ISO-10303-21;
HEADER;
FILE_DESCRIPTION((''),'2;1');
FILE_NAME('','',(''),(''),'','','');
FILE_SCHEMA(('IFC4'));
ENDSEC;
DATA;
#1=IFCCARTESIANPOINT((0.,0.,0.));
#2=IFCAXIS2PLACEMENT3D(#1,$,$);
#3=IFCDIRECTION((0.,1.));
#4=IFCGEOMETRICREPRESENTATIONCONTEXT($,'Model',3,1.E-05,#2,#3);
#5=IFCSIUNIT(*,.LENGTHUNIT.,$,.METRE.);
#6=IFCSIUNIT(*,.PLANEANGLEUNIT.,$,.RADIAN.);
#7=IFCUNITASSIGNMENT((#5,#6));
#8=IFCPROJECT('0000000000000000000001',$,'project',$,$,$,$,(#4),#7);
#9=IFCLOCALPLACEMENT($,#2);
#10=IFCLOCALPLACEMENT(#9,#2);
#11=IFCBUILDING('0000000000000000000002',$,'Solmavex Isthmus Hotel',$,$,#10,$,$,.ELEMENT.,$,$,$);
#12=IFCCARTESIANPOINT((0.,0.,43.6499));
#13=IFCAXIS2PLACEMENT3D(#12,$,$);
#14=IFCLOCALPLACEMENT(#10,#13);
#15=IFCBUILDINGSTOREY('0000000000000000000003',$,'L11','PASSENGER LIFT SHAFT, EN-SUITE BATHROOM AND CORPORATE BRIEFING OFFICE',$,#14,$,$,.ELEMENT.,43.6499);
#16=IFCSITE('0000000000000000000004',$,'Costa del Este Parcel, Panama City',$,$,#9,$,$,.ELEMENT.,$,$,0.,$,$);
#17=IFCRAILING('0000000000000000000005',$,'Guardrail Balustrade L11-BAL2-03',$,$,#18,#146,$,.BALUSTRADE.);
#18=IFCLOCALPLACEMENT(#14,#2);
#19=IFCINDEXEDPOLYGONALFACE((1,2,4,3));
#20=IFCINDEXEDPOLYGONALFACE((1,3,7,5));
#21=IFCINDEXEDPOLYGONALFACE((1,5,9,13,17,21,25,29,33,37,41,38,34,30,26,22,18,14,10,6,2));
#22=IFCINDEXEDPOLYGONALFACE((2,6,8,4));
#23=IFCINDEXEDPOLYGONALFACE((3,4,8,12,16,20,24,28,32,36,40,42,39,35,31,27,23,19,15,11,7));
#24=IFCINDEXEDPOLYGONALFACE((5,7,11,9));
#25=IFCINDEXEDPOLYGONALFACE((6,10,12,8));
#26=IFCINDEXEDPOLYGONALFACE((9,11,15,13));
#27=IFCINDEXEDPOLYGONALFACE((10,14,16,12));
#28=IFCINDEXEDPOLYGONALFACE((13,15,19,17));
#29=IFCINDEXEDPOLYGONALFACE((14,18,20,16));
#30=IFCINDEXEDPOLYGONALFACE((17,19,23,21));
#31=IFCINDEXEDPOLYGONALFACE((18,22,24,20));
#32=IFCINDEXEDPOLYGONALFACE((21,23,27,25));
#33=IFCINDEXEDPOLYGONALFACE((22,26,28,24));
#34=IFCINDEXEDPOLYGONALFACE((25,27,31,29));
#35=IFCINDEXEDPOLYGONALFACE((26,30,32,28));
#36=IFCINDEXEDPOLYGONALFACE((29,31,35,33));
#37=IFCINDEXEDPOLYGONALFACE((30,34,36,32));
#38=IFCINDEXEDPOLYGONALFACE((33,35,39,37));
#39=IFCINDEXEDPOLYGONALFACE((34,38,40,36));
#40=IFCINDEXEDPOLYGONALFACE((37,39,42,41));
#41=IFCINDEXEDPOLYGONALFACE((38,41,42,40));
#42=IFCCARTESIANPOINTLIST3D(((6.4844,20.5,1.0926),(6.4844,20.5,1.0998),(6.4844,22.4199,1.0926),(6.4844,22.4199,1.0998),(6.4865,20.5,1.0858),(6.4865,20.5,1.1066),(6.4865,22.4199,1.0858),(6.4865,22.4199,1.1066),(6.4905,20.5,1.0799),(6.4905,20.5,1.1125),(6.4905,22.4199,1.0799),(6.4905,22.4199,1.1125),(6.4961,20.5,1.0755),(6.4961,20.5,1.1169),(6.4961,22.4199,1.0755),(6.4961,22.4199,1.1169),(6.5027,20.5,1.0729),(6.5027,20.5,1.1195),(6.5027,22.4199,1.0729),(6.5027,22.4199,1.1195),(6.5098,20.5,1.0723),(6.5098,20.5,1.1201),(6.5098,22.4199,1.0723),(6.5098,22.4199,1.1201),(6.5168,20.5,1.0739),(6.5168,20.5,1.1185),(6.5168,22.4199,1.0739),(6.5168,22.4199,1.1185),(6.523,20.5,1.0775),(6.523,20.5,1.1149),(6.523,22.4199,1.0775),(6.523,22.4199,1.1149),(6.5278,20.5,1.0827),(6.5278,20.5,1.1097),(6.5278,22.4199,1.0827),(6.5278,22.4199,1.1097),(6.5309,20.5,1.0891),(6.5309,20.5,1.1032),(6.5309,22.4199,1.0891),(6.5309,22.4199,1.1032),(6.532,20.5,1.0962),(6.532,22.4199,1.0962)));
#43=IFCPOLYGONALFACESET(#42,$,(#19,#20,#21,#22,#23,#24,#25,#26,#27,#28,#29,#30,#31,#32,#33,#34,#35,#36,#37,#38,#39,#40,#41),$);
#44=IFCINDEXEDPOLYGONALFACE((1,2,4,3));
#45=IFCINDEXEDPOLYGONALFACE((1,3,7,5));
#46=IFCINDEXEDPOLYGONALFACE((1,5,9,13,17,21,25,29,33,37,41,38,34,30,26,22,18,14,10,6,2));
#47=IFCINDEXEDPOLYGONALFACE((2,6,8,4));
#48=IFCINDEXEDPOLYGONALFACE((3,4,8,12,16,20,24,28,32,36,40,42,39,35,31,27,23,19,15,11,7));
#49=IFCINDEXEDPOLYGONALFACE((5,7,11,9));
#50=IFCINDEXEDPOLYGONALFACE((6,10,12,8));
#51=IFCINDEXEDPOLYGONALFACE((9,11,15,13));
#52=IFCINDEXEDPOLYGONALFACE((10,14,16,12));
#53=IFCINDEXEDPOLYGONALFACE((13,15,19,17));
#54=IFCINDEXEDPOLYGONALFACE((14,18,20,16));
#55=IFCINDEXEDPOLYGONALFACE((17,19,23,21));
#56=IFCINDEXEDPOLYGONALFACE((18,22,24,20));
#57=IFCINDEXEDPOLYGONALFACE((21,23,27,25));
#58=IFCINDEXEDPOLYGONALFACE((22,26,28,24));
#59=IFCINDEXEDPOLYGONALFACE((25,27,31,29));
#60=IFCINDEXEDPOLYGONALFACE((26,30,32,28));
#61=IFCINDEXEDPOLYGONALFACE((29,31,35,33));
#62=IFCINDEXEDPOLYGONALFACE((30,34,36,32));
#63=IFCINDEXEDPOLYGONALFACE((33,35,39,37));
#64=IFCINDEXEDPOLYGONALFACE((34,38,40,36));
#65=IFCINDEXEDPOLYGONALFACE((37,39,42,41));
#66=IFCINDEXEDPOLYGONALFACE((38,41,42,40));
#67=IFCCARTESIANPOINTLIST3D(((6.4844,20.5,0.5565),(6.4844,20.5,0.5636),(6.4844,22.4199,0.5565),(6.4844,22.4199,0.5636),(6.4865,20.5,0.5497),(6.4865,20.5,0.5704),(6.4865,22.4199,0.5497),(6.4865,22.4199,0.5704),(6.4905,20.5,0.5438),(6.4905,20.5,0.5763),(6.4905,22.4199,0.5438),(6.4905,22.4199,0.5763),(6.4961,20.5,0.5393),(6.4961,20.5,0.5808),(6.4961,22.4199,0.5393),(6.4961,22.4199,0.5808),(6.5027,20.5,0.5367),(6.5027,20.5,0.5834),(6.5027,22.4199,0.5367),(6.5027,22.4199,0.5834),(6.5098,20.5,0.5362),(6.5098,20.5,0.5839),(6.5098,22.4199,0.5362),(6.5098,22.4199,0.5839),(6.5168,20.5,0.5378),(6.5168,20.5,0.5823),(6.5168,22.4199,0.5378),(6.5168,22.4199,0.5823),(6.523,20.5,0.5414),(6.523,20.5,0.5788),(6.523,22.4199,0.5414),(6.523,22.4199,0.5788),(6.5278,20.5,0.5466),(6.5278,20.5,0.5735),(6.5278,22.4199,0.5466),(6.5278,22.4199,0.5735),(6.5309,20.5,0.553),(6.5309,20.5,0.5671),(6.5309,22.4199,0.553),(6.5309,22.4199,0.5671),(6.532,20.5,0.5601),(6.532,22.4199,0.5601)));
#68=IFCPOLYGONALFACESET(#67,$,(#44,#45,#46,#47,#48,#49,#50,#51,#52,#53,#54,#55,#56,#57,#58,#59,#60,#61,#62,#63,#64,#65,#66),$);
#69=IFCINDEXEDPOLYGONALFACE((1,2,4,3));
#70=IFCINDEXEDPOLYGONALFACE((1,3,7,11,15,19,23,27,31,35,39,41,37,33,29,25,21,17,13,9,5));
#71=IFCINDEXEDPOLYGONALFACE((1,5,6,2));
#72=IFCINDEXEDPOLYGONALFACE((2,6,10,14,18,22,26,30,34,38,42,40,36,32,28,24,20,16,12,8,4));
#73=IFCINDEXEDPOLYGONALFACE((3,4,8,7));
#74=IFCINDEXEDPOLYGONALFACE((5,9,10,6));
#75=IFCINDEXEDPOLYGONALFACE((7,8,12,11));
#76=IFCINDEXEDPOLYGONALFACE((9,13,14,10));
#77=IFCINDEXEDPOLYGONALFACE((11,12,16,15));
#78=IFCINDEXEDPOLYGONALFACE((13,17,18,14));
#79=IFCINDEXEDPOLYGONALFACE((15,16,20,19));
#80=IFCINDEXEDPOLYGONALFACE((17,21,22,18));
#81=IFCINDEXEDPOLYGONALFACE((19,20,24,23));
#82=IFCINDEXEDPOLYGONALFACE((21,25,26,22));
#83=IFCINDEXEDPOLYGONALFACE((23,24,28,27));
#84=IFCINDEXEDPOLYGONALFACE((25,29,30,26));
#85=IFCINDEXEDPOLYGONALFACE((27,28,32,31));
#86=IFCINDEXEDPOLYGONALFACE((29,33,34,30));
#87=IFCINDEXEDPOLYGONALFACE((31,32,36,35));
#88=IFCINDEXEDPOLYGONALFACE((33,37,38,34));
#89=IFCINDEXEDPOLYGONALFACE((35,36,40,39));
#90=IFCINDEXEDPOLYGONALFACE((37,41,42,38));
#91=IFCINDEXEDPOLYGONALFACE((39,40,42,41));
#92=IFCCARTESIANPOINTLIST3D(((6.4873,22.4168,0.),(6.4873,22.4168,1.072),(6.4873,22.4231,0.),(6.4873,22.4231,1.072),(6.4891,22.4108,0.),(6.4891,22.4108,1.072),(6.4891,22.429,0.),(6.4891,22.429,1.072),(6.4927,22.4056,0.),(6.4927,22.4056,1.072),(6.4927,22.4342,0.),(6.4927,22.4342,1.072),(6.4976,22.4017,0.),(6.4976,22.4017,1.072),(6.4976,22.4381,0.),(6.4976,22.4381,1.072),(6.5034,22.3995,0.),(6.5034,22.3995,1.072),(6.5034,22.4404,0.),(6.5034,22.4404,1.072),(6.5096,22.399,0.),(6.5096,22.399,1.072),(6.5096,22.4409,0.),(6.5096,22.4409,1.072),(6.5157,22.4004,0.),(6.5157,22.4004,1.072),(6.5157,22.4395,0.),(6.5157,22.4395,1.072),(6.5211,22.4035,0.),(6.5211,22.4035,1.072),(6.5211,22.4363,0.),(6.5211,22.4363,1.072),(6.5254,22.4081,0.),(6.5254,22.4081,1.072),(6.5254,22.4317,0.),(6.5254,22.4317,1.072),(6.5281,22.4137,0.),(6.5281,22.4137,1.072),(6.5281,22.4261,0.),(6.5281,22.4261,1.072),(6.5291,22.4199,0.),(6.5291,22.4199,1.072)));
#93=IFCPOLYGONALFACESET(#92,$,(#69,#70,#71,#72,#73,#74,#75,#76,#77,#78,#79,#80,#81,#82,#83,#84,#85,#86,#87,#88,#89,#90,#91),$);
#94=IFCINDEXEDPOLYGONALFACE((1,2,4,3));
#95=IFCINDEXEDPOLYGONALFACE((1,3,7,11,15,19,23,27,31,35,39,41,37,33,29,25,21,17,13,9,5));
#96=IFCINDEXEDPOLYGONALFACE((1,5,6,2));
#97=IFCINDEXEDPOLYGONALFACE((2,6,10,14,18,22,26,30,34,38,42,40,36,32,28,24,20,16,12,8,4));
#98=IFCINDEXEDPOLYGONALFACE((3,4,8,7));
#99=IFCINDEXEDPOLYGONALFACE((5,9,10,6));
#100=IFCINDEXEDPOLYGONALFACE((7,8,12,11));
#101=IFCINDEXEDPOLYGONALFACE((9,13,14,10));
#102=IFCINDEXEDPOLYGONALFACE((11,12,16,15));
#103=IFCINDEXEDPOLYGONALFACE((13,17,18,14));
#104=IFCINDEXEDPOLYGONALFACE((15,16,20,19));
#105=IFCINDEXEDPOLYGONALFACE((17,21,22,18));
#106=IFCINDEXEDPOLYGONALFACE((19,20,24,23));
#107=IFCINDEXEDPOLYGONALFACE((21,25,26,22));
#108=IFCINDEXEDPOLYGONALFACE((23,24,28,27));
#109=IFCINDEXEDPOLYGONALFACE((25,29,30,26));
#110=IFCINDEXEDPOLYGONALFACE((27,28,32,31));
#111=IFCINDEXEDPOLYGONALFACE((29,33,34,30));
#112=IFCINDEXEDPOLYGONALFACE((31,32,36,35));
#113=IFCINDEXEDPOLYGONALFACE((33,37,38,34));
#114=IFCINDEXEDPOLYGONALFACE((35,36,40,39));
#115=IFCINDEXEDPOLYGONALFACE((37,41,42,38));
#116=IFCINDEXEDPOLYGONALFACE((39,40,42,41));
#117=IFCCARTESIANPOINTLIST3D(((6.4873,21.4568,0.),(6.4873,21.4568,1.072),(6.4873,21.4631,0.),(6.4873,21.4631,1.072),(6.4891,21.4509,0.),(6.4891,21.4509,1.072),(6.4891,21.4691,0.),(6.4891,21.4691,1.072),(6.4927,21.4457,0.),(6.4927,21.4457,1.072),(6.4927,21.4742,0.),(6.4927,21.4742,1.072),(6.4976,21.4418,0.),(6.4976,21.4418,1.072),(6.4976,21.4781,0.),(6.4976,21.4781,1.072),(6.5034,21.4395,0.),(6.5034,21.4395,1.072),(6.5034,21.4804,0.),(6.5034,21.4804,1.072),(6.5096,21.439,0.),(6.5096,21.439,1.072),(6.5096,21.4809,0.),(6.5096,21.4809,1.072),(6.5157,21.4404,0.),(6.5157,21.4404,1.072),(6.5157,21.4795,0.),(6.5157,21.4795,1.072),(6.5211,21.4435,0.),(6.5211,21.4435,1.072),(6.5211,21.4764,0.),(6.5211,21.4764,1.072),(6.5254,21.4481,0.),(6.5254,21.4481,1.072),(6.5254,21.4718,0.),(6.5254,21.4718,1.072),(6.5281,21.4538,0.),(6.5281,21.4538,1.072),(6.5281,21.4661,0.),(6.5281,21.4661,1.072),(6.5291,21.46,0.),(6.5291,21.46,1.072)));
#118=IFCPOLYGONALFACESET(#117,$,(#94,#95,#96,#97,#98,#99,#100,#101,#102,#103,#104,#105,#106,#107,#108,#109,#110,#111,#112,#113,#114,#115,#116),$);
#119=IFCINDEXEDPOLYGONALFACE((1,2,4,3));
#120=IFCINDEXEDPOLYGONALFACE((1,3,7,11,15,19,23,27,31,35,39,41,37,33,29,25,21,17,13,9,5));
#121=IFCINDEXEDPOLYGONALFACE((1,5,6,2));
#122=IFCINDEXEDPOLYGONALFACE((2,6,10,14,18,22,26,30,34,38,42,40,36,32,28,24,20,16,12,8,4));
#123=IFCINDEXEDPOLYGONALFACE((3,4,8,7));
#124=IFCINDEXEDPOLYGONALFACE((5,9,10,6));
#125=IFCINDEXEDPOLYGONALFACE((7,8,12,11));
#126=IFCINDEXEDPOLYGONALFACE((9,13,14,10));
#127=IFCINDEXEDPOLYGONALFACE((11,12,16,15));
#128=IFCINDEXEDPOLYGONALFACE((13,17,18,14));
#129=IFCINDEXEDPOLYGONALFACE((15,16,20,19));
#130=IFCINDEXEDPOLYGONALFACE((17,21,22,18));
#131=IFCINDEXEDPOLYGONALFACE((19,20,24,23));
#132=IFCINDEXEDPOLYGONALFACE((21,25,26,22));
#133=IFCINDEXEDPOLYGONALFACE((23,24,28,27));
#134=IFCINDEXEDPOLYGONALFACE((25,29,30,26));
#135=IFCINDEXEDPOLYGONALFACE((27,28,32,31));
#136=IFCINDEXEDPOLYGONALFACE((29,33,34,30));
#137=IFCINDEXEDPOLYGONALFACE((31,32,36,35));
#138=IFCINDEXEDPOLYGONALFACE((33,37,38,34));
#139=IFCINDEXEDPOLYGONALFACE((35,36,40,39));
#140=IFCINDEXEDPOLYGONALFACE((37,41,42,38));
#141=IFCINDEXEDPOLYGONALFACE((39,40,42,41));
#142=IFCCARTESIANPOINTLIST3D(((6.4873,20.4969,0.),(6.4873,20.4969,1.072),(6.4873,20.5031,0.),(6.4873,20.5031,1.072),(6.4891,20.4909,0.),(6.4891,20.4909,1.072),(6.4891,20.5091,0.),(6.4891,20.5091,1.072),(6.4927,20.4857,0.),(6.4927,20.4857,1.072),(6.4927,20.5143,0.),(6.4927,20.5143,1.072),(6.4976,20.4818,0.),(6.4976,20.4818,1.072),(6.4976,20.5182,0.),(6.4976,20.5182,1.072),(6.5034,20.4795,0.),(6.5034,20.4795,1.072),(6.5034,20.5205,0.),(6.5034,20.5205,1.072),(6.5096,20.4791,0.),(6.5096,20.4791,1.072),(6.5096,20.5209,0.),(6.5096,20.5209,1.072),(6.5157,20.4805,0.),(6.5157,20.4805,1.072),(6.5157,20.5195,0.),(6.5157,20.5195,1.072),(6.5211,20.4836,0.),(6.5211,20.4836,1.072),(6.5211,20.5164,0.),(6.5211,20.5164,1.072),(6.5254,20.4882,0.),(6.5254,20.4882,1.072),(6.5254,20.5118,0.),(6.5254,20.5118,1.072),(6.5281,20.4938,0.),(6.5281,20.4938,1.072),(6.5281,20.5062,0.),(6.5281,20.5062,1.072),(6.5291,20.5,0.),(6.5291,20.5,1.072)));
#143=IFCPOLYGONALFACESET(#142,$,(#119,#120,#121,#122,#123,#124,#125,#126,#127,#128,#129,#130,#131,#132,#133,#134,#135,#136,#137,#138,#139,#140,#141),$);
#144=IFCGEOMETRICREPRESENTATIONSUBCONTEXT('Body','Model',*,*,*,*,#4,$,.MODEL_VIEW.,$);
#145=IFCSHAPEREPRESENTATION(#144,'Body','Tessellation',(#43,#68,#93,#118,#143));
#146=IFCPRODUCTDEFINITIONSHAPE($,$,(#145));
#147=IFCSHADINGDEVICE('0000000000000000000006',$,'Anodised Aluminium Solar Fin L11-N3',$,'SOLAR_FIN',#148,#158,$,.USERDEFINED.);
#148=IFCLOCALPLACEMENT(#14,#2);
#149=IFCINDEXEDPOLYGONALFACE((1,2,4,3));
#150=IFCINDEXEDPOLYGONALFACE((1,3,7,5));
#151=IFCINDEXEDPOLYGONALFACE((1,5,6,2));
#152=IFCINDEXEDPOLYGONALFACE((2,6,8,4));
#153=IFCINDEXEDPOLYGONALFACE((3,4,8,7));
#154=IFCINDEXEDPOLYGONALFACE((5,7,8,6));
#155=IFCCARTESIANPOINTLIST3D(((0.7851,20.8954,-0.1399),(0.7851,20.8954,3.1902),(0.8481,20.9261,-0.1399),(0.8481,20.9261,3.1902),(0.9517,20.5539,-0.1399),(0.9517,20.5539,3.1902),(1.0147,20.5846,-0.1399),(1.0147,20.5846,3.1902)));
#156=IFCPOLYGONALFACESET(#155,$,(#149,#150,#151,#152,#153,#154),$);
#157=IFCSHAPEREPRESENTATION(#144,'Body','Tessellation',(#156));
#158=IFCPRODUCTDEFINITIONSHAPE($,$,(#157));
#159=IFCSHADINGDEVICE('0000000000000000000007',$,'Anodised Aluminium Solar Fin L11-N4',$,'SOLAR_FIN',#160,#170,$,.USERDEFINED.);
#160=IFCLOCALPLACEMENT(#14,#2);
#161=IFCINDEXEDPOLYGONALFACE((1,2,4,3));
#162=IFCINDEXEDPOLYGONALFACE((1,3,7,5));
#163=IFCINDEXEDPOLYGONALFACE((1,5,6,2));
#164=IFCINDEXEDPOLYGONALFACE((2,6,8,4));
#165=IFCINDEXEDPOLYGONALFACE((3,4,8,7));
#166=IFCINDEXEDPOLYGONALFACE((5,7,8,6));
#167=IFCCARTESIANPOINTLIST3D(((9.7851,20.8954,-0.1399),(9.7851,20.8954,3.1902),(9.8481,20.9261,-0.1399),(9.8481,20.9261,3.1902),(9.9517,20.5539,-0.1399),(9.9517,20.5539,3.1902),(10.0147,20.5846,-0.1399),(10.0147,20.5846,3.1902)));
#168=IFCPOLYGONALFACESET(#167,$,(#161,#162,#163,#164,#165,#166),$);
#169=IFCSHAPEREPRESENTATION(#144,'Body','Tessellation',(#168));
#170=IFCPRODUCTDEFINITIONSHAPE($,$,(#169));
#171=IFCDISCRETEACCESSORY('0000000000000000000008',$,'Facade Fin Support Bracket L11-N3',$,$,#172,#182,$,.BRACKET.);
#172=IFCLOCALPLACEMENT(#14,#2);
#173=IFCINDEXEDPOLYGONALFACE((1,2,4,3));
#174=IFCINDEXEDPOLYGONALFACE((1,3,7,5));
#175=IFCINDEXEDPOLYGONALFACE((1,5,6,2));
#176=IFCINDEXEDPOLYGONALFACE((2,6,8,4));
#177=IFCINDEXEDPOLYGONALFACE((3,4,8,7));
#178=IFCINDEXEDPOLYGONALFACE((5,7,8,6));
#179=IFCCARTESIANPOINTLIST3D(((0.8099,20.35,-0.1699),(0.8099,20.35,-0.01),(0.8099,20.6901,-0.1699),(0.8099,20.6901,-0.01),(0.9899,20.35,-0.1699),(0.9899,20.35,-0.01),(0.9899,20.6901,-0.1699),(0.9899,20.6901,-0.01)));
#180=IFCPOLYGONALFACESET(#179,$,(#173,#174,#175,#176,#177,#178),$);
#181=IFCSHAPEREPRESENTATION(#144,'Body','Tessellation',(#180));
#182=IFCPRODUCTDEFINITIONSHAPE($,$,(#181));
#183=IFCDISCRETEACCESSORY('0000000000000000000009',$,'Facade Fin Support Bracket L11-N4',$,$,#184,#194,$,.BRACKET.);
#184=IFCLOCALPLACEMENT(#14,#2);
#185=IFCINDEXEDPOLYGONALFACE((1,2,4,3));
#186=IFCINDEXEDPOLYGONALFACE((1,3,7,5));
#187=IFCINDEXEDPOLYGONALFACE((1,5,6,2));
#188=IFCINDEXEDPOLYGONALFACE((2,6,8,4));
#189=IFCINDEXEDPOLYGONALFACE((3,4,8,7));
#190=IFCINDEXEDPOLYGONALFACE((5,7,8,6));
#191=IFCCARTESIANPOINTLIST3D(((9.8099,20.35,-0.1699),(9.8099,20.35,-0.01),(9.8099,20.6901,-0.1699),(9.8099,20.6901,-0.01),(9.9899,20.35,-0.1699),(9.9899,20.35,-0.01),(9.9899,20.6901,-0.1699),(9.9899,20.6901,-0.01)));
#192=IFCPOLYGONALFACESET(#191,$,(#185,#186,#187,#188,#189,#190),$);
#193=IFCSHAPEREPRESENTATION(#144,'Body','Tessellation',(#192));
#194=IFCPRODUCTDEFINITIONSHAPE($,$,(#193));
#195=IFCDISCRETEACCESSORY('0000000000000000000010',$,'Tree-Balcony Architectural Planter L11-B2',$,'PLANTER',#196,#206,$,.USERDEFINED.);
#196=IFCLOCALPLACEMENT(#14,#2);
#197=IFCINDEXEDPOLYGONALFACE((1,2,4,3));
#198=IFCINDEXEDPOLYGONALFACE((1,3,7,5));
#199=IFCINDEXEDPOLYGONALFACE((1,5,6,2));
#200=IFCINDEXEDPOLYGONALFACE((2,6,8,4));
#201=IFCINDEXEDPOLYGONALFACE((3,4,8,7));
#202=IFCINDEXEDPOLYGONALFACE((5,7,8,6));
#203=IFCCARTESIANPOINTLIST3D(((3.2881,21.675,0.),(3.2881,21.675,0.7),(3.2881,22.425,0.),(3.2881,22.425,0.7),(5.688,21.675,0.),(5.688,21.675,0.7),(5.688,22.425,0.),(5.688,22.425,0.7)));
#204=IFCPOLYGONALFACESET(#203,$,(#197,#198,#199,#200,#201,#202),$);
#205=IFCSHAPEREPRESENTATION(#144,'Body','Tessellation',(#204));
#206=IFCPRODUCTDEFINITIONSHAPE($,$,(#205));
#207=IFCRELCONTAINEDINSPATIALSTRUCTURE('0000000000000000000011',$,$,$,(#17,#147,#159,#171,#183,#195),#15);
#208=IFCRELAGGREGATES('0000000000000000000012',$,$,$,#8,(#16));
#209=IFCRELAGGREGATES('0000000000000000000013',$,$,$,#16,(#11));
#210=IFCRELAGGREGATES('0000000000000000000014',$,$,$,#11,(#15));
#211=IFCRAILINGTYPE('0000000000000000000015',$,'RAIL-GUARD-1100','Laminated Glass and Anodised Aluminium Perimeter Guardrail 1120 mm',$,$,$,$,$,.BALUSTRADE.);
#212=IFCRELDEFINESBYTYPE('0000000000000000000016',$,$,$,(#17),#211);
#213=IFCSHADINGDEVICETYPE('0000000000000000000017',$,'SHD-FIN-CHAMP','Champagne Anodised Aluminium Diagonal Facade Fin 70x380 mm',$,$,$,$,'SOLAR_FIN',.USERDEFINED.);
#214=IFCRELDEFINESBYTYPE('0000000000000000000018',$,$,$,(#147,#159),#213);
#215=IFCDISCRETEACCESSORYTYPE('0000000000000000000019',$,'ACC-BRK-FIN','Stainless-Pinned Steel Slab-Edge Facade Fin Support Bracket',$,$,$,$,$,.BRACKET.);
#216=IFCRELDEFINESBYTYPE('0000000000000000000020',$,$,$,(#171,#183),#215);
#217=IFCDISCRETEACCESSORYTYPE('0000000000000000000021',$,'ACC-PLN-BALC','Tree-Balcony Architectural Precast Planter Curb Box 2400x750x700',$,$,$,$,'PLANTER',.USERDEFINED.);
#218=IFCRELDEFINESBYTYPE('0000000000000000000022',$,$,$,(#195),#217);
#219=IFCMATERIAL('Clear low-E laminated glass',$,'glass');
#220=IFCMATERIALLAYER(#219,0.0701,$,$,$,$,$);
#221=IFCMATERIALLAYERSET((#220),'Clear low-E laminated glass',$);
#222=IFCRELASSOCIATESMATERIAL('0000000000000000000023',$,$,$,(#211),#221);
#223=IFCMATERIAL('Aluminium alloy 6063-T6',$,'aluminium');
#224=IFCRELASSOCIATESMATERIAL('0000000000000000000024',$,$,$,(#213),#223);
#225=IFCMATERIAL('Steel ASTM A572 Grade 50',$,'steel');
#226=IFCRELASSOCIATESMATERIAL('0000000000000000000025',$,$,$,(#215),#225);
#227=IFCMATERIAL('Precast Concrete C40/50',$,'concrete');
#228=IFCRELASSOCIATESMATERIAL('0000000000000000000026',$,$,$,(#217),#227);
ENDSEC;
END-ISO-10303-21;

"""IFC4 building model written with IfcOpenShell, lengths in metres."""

from ifc_helpers import new_model, si_unit, direction, frame, origin, origin_2d, place, context, subcontext, project, spatial, rectangle, circle, extrude, material, layer, layer_set, type_object, element, save


model = new_model("IFC4")

# Units and contexts
model_context = context("Model", 3, precision=1e-05, world=origin(), true_north=direction((0.0, 1.0)))
body_context = subcontext(model_context, "Body", "Model", "MODEL_VIEW")
ifc_project = project(units=[si_unit("LENGTHUNIT", "METRE"), si_unit("PLANEANGLEUNIT", "RADIAN")], contexts=[model_context])

# Site, building, storey
site_placement = place(None, origin())
site = spatial("IfcSite", under=ifc_project, at=site_placement, Name="Costa del Este Parcel, Panama City", CompositionType="ELEMENT", RefElevation=0.0)
building_placement = place(site_placement, origin())
building = spatial("IfcBuilding", under=site, at=building_placement, Name="Solmavex Isthmus Hotel", CompositionType="ELEMENT")
storey_placement = place(building_placement, frame((0.0, 0.0, 43.6499)))
storey = spatial("IfcBuildingStorey", under=building, at=storey_placement, Name="L11", Description="PASSENGER LIFT SHAFT, EN-SUITE BATHROOM AND CORPORATE BRIEFING OFFICE", CompositionType="ELEMENT", Elevation=43.6499)

# Shared definitions
ifc_material_1 = material(Name="Aluminium alloy 6063-T6", Category="aluminium")

# Shared definitions
ifc_material_2 = material(Name="Clear low-E laminated glass", Category="glass")

# Shared definitions
ifc_material_3 = material(Name="Precast Concrete C40/50", Category="concrete")

# Railing
ifc_layer_1 = layer(ifc_material_2, 0.0701)
ifc_layer_set_1 = layer_set([ifc_layer_1], Name="Clear low-E laminated glass")
railing_type = type_object("IfcRailingType", Name="RAIL-GUARD-1100", Description="Laminated Glass and Anodised Aluminium Perimeter Guardrail 1120 mm", PredefinedType="BALUSTRADE", material=ifc_layer_set_1)
railing_1_placement = place(storey_placement, frame((6.5081, 22.4199, 0.0)))
element("IfcRailing", 1, at=railing_1_placement, inside=storey, type_object=railing_type, Name="Guardrail Balustrade L11-BAL2-03", PredefinedType="BALUSTRADE", context=body_context, shape_type="SweptSolid", body=[
    extrude(circle(Radius=0.0239, at=origin_2d()), frame((0.0, 0.0, 1.0962), z_axis=(0.0, -1.0, 0.0), x_axis=(1.0, 0.0, 0.0)), (0.0, 0.0, 1.0), 1.9199),
    extrude(circle(Radius=0.0239, at=origin_2d()), frame((0.0, 0.0, 0.5601), z_axis=(0.0, -1.0, 0.0), x_axis=(1.0, 0.0, 0.0)), (0.0, 0.0, 1.0), 1.9199),
    extrude(circle(Radius=0.021, at=origin_2d()), origin(), (0.0, 0.0, 1.0), 1.072),
    extrude(circle(Radius=0.021, at=origin_2d()), frame((0.0, -0.96, 0.0)), (0.0, 0.0, 1.0), 1.072),
    extrude(circle(Radius=0.021, at=origin_2d()), frame((0.0, -1.9199, 0.0)), (0.0, 0.0, 1.0), 1.072),
])

# Shading devices
shading_device_type = type_object("IfcShadingDeviceType", Name="SHD-FIN-CHAMP", Description="Champagne Anodised Aluminium Diagonal Facade Fin 70x380 mm", ElementType="SOLAR_FIN", PredefinedType="USERDEFINED", material=ifc_material_1)
for number, where, z_axis, x_axis, name in (
    (2, (0.8999, 20.74, -0.1399), (0.0, 0.0, 1.0), (-0.438371, 0.898794, 0.0), "Anodised Aluminium Solar Fin L11-N3"),
    (3, (9.8999, 20.74, -0.1399), (0.0, 0.0, 1.0), (-0.438371, 0.898794, 0.0), "Anodised Aluminium Solar Fin L11-N4"),
):
    element("IfcShadingDevice", number, at=place(storey_placement, frame(where, z_axis=z_axis, x_axis=x_axis)), inside=storey, type_object=shading_device_type, Name=name, ObjectType="SOLAR_FIN", PredefinedType="USERDEFINED", context=body_context, shape_type="SweptSolid", body=[
        extrude(rectangle(XDim=0.3799, YDim=0.0701, at=origin_2d()), origin(), (0.0, 0.0, 1.0), 3.3301),
    ])

# Discrete accessories
ifc_material_4 = material(Name="Steel ASTM A572 Grade 50", Category="steel")
discrete_accessory_type_1 = type_object("IfcDiscreteAccessoryType", Name="ACC-BRK-FIN", Description="Stainless-Pinned Steel Slab-Edge Facade Fin Support Bracket", PredefinedType="BRACKET", material=ifc_material_4)
for number, where, z_axis, x_axis, name in (
    (4, (0.8999, 20.52, -0.1699), (0.0, 0.0, 1.0), (0.0, 1.0, 0.0), "Facade Fin Support Bracket L11-N3"),
    (5, (9.8999, 20.52, -0.1699), (0.0, 0.0, 1.0), (0.0, 1.0, 0.0), "Facade Fin Support Bracket L11-N4"),
):
    element("IfcDiscreteAccessory", number, at=place(storey_placement, frame(where, z_axis=z_axis, x_axis=x_axis)), inside=storey, type_object=discrete_accessory_type_1, Name=name, PredefinedType="BRACKET", context=body_context, shape_type="SweptSolid", body=[
        extrude(rectangle(XDim=0.3401, YDim=0.1799, at=origin_2d()), origin(), (0.0, 0.0, 1.0), 0.1599),
    ])
discrete_accessory_type_2 = type_object("IfcDiscreteAccessoryType", Name="ACC-PLN-BALC", Description="Tree-Balcony Architectural Precast Planter Curb Box 2400x750x700", ElementType="PLANTER", PredefinedType="USERDEFINED", material=ifc_material_3)
discrete_accessory_placement = place(storey_placement, frame((4.488, 22.05, 0.0), z_axis=(0.0, 0.0, 1.0), x_axis=(1.0, 0.0, 0.0)))
element("IfcDiscreteAccessory", 6, at=discrete_accessory_placement, inside=storey, type_object=discrete_accessory_type_2, Name="Tree-Balcony Architectural Planter L11-B2", ObjectType="PLANTER", PredefinedType="USERDEFINED", context=body_context, shape_type="SweptSolid", body=[
    extrude(rectangle(XDim=2.3999, YDim=0.75, at=origin_2d()), origin(), (0.0, 0.0, 1.0), 0.7),
])

save(model, "model.ifc")
